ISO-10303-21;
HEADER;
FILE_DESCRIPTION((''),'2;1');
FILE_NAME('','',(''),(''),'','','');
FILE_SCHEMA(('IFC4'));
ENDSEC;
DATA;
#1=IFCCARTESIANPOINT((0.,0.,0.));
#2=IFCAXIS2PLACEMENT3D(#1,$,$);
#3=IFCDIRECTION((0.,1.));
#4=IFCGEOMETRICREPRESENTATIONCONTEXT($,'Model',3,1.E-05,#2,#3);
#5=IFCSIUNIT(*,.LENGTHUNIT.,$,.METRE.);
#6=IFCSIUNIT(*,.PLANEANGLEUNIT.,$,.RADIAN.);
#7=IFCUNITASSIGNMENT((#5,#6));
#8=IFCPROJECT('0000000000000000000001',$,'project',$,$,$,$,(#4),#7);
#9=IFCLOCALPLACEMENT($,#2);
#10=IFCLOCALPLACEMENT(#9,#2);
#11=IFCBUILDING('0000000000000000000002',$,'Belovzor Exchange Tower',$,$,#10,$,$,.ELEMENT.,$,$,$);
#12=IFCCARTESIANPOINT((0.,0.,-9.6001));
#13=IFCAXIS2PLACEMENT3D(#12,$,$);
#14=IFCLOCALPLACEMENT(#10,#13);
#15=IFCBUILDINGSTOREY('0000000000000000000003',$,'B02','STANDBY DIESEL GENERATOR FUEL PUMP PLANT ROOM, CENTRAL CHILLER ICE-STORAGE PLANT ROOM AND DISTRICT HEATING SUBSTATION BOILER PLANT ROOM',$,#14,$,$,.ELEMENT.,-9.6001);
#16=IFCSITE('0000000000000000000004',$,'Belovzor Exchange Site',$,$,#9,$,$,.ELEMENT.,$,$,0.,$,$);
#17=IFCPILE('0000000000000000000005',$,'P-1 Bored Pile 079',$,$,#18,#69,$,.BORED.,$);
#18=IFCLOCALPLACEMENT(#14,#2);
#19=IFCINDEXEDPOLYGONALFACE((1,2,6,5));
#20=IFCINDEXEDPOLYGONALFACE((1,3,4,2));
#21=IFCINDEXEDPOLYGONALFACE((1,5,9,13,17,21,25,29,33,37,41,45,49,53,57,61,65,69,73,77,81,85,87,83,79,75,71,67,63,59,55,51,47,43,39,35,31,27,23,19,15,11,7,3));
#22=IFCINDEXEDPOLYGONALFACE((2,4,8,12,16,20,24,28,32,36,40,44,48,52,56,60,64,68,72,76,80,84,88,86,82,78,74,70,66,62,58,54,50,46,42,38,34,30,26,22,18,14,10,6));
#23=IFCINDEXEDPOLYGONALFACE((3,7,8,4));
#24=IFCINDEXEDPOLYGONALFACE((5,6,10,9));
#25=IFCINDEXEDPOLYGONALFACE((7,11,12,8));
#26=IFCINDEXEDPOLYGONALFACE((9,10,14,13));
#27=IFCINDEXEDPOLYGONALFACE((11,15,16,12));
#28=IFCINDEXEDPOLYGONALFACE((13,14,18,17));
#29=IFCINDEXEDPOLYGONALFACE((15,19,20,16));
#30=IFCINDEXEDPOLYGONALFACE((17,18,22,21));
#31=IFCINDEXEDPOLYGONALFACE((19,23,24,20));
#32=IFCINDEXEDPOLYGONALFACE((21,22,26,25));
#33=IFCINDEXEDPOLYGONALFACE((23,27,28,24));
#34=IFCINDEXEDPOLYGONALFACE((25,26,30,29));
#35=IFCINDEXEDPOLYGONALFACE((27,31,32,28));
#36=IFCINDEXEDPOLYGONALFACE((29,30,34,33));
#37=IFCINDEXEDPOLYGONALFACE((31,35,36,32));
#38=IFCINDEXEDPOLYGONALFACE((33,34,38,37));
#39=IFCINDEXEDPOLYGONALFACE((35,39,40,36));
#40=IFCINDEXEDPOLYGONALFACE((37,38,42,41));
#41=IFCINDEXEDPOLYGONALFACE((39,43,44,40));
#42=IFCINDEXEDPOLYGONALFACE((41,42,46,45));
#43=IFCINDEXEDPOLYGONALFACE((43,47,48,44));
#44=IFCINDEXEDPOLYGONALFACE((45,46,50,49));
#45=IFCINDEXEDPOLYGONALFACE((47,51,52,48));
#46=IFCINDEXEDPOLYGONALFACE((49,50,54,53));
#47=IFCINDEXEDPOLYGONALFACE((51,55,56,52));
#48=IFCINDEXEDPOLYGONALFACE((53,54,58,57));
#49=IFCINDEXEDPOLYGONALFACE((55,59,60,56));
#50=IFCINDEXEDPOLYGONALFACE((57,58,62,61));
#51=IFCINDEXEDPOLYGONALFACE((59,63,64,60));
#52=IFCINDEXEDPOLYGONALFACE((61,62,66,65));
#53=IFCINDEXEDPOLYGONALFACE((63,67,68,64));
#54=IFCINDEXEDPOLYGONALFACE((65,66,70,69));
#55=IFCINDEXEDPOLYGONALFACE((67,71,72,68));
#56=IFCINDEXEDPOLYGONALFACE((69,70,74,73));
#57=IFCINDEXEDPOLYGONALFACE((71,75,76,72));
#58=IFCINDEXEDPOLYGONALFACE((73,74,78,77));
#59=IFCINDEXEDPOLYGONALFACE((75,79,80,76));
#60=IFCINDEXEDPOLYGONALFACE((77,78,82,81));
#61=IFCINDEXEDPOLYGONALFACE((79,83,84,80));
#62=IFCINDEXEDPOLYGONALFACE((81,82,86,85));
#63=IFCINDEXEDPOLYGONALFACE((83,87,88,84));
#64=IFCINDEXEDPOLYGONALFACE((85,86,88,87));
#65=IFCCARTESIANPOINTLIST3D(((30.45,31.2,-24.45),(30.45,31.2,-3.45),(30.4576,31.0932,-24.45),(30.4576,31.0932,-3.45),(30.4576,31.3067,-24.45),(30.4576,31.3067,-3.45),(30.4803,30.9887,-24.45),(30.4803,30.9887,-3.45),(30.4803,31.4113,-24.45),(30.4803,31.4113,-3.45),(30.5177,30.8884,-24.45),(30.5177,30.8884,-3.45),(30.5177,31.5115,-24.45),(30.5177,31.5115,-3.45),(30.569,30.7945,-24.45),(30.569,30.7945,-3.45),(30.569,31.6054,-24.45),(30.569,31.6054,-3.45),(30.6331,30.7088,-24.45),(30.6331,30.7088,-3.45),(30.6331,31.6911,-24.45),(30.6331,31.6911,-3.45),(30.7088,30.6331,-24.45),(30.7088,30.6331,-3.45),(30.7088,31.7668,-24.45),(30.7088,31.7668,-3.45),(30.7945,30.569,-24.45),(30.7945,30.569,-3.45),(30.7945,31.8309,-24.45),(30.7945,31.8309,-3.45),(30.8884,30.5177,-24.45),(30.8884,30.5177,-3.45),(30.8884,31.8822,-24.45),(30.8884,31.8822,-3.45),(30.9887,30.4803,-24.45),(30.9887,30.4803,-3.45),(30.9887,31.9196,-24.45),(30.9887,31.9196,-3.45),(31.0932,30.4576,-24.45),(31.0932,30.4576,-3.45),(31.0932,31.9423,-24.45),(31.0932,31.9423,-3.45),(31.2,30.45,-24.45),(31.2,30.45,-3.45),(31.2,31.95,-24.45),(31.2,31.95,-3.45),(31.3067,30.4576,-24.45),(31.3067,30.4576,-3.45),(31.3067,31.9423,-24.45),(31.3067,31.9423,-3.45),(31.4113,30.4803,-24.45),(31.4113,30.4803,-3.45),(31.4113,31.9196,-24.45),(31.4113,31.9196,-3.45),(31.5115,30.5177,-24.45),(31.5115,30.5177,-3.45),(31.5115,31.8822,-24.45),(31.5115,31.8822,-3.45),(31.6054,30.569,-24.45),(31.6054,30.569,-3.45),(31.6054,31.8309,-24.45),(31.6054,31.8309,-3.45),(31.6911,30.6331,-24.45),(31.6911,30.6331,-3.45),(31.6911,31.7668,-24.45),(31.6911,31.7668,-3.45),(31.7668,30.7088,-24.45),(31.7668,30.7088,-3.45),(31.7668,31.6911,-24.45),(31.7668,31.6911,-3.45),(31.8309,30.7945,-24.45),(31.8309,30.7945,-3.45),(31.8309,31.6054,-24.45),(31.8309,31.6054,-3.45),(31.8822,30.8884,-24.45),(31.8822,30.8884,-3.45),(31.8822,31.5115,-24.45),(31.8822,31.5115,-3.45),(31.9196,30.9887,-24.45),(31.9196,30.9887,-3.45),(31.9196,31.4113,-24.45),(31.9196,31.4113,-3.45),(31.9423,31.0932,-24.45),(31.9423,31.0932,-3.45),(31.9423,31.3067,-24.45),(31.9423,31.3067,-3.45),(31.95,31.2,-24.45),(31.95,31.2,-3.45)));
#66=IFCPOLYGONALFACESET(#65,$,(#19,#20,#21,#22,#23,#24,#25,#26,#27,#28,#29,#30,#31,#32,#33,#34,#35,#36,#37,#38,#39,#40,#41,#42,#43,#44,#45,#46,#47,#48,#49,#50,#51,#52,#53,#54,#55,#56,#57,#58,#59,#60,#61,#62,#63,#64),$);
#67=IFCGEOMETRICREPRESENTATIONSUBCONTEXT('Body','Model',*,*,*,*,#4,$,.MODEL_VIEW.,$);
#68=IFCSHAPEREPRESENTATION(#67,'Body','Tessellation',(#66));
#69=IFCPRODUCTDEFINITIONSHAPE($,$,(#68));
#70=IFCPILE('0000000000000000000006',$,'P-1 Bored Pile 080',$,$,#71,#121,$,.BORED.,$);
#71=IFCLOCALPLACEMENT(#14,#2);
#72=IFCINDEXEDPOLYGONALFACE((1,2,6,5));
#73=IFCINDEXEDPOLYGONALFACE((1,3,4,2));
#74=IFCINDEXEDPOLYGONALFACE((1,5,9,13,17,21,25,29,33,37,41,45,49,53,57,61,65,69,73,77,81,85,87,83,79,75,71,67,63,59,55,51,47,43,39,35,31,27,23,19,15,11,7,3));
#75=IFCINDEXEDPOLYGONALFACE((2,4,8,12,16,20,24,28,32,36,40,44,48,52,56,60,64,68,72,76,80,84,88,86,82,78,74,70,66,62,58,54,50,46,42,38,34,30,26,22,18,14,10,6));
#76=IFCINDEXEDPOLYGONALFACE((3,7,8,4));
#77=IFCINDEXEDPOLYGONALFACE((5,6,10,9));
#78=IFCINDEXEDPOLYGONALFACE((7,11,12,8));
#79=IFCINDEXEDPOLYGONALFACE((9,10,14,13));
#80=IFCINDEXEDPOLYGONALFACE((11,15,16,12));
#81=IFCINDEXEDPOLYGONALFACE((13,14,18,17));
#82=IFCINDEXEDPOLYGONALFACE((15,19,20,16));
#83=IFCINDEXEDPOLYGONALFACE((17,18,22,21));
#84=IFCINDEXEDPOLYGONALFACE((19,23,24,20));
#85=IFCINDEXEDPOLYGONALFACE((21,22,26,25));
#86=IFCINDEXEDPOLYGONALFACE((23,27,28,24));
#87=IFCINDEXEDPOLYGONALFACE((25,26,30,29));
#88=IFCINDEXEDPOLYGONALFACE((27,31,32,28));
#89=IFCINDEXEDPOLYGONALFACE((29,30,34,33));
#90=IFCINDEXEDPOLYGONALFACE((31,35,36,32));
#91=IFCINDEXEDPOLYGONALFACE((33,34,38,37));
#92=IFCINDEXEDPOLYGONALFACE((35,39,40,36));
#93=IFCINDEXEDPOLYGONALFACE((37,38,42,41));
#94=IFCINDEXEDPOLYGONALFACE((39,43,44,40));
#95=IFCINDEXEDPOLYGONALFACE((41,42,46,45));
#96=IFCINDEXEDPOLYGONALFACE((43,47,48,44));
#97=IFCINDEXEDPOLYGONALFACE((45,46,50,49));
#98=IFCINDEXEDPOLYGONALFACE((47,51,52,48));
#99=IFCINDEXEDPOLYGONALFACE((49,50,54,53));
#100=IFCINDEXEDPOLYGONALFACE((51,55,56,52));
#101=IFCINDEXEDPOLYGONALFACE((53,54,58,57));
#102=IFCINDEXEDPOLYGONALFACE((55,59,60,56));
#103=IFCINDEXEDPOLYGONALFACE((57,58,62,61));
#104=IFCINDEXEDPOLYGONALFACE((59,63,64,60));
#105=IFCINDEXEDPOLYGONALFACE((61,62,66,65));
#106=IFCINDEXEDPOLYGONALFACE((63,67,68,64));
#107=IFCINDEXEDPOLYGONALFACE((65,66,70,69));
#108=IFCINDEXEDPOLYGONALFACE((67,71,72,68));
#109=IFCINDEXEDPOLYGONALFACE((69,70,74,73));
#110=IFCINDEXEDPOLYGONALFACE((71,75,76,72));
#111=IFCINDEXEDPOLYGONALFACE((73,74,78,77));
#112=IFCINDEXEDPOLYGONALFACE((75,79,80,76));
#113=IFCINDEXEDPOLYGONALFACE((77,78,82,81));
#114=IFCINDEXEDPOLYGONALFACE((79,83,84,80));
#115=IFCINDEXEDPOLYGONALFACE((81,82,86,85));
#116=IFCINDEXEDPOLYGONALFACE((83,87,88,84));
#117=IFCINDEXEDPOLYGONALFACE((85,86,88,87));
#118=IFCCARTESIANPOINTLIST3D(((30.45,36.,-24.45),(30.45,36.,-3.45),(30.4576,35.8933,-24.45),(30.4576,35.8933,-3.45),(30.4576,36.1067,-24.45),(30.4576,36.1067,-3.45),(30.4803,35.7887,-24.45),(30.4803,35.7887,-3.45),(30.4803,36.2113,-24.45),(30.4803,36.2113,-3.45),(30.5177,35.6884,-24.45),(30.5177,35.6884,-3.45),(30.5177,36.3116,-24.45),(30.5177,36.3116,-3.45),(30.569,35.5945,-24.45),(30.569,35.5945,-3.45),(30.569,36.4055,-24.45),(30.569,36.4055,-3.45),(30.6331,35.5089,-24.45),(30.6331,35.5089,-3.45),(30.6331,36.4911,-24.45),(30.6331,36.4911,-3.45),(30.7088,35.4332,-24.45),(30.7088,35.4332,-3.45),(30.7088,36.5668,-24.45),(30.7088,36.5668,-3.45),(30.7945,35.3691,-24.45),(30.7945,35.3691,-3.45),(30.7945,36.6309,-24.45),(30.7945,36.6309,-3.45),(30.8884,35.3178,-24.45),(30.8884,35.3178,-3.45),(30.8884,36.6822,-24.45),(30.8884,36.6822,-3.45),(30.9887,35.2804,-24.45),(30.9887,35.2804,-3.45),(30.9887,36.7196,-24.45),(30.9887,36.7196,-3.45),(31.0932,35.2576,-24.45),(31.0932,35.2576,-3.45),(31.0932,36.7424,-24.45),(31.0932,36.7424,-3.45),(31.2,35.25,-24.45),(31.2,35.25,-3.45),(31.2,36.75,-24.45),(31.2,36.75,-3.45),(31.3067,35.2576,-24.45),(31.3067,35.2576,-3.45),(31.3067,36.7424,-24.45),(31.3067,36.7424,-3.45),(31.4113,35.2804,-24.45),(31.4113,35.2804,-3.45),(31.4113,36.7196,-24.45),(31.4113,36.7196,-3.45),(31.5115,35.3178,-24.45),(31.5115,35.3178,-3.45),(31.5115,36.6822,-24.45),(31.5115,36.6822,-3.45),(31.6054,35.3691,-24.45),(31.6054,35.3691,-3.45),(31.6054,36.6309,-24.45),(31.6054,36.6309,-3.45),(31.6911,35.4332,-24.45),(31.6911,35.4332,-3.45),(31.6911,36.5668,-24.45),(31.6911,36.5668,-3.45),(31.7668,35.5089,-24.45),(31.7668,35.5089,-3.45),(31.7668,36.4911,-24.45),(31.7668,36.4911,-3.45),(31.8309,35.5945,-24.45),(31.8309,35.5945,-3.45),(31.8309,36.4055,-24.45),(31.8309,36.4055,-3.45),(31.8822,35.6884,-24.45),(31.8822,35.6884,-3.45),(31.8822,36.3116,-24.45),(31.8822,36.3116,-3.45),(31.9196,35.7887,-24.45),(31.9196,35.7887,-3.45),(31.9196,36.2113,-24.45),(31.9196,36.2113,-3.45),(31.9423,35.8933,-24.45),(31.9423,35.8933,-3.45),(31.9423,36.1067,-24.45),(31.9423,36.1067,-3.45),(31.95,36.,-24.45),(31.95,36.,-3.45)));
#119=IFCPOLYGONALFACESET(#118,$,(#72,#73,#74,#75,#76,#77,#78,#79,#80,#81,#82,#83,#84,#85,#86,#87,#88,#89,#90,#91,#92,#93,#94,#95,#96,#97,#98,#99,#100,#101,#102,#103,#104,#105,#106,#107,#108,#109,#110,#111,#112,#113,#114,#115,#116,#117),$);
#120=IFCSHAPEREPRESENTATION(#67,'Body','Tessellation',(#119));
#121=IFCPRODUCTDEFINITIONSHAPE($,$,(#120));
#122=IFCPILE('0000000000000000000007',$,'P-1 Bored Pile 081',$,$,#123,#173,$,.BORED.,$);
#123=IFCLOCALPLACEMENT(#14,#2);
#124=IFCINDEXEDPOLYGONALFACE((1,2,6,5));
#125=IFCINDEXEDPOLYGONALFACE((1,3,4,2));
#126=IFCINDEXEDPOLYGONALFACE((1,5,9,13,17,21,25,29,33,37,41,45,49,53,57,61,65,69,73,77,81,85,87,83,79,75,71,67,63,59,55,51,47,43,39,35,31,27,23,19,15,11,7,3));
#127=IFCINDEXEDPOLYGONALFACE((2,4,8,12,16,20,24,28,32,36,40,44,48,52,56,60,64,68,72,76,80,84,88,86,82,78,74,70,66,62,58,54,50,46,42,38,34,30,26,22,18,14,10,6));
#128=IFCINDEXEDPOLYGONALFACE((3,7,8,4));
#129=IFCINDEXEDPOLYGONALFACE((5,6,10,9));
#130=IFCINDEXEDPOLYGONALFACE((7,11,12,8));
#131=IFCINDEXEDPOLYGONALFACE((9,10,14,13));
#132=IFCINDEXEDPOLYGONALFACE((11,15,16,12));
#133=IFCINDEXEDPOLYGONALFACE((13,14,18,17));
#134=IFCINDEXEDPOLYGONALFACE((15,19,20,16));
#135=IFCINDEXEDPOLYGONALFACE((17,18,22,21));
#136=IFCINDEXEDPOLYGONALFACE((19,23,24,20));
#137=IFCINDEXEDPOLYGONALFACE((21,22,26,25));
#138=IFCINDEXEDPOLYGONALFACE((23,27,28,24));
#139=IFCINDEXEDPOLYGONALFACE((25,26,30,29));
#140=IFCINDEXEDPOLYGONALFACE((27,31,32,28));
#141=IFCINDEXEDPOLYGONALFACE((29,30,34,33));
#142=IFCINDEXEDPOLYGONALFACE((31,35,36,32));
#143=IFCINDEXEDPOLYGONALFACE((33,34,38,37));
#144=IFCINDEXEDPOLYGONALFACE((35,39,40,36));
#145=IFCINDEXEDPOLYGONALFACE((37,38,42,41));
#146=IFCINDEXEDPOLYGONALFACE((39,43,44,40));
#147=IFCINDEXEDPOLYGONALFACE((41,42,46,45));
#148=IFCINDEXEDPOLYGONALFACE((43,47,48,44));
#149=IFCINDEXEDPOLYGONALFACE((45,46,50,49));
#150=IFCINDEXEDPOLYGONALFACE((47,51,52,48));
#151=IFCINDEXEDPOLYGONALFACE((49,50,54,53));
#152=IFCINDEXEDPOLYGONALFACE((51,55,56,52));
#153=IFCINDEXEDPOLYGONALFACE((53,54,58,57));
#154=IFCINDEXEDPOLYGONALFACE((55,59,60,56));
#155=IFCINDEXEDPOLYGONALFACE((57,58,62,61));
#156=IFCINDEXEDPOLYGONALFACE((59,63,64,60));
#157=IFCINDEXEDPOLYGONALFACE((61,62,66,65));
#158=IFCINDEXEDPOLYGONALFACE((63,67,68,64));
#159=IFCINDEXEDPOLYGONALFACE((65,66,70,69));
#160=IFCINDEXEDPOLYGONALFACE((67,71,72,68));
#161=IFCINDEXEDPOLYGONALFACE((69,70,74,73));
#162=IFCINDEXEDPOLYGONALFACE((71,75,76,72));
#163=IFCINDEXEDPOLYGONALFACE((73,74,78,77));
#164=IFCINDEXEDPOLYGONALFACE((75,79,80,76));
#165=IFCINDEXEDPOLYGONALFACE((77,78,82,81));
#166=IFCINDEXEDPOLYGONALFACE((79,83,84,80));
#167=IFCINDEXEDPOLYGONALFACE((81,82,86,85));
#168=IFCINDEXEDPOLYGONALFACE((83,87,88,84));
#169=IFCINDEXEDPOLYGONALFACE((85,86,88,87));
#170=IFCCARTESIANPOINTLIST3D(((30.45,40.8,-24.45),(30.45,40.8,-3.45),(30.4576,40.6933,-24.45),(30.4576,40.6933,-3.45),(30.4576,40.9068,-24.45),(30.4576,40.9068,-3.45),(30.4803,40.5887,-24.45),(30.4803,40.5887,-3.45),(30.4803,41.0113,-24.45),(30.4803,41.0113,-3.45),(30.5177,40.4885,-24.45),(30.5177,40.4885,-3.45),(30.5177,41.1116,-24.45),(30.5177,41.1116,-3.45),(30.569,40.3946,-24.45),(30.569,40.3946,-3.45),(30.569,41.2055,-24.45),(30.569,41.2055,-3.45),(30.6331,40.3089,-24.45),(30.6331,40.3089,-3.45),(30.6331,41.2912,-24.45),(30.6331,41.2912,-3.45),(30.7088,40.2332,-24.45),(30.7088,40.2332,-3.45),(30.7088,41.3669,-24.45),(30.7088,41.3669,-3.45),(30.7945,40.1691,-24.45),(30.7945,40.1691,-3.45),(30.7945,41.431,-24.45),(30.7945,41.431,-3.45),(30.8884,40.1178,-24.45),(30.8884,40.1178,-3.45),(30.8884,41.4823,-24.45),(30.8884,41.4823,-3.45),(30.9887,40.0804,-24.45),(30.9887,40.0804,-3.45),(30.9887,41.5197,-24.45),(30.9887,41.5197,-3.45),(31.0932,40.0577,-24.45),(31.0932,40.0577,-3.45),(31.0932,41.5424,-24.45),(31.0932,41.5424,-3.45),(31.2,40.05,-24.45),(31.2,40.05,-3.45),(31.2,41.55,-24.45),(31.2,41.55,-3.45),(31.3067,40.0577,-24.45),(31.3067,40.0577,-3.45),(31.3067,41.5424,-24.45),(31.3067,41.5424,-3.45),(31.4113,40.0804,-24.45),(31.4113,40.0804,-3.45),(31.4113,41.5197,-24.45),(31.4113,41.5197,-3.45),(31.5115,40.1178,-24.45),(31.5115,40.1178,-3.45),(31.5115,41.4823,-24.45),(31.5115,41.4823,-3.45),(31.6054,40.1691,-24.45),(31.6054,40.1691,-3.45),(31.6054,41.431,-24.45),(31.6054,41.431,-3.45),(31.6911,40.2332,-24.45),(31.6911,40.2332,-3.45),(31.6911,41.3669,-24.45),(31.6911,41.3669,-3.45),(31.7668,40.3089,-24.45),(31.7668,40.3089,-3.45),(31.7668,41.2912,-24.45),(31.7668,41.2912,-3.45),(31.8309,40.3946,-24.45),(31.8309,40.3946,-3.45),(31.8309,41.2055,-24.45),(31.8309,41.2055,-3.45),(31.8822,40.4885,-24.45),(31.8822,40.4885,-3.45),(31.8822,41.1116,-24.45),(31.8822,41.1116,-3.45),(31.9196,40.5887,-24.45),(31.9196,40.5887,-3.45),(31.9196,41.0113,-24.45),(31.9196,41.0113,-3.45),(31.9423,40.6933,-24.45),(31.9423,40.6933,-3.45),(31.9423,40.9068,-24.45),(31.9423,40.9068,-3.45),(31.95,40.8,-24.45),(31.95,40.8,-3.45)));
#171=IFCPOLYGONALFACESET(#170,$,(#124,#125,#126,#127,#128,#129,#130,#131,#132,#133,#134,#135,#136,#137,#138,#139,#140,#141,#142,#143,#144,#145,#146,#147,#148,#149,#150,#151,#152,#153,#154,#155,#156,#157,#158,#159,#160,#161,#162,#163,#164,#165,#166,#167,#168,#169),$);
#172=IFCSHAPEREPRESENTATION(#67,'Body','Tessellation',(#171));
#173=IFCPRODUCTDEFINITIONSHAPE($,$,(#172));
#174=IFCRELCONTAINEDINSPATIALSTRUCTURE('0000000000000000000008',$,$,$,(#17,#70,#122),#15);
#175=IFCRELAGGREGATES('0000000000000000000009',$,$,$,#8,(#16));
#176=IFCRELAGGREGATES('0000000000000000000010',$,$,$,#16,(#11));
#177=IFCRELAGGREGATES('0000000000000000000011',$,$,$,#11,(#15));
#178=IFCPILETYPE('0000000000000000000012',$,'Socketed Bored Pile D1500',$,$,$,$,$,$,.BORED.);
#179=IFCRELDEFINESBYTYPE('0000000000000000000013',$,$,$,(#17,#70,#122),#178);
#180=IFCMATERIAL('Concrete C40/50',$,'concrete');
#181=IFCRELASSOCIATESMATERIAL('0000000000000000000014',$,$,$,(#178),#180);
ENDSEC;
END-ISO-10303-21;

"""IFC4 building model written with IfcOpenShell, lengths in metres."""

from ifc_helpers import new_model, si_unit, direction, frame, origin, origin_2d, place, context, subcontext, project, spatial, circle, extrude, material, material_profile, profile_set, type_object, element, save


model = new_model("IFC4")

# Units and contexts
model_context = context("Model", 3, precision=1e-05, world=origin(), true_north=direction((0.0, 1.0)))
body_context = subcontext(model_context, "Body", "Model", "MODEL_VIEW")
ifc_project = project(units=[si_unit("LENGTHUNIT", "METRE"), si_unit("PLANEANGLEUNIT", "RADIAN")], contexts=[model_context])

# Site, building, storey
site_placement = place(None, origin())
site = spatial("IfcSite", under=ifc_project, at=site_placement, Name="Belovzor Exchange Site", CompositionType="ELEMENT", RefElevation=0.0)
building_placement = place(site_placement, origin())
building = spatial("IfcBuilding", under=site, at=building_placement, Name="Belovzor Exchange Tower", CompositionType="ELEMENT")
storey_placement = place(building_placement, frame((0.0, 0.0, -9.6001)))
storey = spatial("IfcBuildingStorey", under=building, at=storey_placement, Name="B02", Description="STANDBY DIESEL GENERATOR FUEL PUMP PLANT ROOM, CENTRAL CHILLER ICE-STORAGE PLANT ROOM AND DISTRICT HEATING SUBSTATION BOILER PLANT ROOM", CompositionType="ELEMENT", Elevation=-9.6001)

# Piles
ifc_material_1 = material(Name="Concrete C40/50", Category="concrete")
ifc_material_profile_1 = material_profile(ifc_material_1, circle(Radius=0.75, at=origin_2d()))
ifc_profile_set_1 = profile_set([ifc_material_profile_1], Name="Concrete C40/50")
pile_type_1 = type_object("IfcPileType", Name="Socketed Bored Pile D1500", PredefinedType="BORED", material=ifc_profile_set_1)
for number, where, z_axis, x_axis, name in (
    (1, (31.2, 31.2, -3.45), (0.0, 0.0, -1.0), (1.0, 0.0, 0.0), "P-1 Bored Pile 079"),
    (2, (31.2, 36.0, -3.45), (0.0, 0.0, -1.0), (1.0, 0.0, 0.0), "P-1 Bored Pile 080"),
    (3, (31.2, 40.8, -3.45), (0.0, 0.0, -1.0), (1.0, 0.0, 0.0), "P-1 Bored Pile 081"),
):
    element("IfcPile", number, at=place(storey_placement, frame(where, z_axis=z_axis, x_axis=x_axis)), inside=storey, type_object=pile_type_1, Name=name, PredefinedType="BORED", context=body_context, shape_type="SweptSolid", body=[
        extrude(circle(Radius=0.75, at=origin_2d()), origin(), (0.0, 0.0, 1.0), 21.0),
    ])

save(model, "model.ifc")
